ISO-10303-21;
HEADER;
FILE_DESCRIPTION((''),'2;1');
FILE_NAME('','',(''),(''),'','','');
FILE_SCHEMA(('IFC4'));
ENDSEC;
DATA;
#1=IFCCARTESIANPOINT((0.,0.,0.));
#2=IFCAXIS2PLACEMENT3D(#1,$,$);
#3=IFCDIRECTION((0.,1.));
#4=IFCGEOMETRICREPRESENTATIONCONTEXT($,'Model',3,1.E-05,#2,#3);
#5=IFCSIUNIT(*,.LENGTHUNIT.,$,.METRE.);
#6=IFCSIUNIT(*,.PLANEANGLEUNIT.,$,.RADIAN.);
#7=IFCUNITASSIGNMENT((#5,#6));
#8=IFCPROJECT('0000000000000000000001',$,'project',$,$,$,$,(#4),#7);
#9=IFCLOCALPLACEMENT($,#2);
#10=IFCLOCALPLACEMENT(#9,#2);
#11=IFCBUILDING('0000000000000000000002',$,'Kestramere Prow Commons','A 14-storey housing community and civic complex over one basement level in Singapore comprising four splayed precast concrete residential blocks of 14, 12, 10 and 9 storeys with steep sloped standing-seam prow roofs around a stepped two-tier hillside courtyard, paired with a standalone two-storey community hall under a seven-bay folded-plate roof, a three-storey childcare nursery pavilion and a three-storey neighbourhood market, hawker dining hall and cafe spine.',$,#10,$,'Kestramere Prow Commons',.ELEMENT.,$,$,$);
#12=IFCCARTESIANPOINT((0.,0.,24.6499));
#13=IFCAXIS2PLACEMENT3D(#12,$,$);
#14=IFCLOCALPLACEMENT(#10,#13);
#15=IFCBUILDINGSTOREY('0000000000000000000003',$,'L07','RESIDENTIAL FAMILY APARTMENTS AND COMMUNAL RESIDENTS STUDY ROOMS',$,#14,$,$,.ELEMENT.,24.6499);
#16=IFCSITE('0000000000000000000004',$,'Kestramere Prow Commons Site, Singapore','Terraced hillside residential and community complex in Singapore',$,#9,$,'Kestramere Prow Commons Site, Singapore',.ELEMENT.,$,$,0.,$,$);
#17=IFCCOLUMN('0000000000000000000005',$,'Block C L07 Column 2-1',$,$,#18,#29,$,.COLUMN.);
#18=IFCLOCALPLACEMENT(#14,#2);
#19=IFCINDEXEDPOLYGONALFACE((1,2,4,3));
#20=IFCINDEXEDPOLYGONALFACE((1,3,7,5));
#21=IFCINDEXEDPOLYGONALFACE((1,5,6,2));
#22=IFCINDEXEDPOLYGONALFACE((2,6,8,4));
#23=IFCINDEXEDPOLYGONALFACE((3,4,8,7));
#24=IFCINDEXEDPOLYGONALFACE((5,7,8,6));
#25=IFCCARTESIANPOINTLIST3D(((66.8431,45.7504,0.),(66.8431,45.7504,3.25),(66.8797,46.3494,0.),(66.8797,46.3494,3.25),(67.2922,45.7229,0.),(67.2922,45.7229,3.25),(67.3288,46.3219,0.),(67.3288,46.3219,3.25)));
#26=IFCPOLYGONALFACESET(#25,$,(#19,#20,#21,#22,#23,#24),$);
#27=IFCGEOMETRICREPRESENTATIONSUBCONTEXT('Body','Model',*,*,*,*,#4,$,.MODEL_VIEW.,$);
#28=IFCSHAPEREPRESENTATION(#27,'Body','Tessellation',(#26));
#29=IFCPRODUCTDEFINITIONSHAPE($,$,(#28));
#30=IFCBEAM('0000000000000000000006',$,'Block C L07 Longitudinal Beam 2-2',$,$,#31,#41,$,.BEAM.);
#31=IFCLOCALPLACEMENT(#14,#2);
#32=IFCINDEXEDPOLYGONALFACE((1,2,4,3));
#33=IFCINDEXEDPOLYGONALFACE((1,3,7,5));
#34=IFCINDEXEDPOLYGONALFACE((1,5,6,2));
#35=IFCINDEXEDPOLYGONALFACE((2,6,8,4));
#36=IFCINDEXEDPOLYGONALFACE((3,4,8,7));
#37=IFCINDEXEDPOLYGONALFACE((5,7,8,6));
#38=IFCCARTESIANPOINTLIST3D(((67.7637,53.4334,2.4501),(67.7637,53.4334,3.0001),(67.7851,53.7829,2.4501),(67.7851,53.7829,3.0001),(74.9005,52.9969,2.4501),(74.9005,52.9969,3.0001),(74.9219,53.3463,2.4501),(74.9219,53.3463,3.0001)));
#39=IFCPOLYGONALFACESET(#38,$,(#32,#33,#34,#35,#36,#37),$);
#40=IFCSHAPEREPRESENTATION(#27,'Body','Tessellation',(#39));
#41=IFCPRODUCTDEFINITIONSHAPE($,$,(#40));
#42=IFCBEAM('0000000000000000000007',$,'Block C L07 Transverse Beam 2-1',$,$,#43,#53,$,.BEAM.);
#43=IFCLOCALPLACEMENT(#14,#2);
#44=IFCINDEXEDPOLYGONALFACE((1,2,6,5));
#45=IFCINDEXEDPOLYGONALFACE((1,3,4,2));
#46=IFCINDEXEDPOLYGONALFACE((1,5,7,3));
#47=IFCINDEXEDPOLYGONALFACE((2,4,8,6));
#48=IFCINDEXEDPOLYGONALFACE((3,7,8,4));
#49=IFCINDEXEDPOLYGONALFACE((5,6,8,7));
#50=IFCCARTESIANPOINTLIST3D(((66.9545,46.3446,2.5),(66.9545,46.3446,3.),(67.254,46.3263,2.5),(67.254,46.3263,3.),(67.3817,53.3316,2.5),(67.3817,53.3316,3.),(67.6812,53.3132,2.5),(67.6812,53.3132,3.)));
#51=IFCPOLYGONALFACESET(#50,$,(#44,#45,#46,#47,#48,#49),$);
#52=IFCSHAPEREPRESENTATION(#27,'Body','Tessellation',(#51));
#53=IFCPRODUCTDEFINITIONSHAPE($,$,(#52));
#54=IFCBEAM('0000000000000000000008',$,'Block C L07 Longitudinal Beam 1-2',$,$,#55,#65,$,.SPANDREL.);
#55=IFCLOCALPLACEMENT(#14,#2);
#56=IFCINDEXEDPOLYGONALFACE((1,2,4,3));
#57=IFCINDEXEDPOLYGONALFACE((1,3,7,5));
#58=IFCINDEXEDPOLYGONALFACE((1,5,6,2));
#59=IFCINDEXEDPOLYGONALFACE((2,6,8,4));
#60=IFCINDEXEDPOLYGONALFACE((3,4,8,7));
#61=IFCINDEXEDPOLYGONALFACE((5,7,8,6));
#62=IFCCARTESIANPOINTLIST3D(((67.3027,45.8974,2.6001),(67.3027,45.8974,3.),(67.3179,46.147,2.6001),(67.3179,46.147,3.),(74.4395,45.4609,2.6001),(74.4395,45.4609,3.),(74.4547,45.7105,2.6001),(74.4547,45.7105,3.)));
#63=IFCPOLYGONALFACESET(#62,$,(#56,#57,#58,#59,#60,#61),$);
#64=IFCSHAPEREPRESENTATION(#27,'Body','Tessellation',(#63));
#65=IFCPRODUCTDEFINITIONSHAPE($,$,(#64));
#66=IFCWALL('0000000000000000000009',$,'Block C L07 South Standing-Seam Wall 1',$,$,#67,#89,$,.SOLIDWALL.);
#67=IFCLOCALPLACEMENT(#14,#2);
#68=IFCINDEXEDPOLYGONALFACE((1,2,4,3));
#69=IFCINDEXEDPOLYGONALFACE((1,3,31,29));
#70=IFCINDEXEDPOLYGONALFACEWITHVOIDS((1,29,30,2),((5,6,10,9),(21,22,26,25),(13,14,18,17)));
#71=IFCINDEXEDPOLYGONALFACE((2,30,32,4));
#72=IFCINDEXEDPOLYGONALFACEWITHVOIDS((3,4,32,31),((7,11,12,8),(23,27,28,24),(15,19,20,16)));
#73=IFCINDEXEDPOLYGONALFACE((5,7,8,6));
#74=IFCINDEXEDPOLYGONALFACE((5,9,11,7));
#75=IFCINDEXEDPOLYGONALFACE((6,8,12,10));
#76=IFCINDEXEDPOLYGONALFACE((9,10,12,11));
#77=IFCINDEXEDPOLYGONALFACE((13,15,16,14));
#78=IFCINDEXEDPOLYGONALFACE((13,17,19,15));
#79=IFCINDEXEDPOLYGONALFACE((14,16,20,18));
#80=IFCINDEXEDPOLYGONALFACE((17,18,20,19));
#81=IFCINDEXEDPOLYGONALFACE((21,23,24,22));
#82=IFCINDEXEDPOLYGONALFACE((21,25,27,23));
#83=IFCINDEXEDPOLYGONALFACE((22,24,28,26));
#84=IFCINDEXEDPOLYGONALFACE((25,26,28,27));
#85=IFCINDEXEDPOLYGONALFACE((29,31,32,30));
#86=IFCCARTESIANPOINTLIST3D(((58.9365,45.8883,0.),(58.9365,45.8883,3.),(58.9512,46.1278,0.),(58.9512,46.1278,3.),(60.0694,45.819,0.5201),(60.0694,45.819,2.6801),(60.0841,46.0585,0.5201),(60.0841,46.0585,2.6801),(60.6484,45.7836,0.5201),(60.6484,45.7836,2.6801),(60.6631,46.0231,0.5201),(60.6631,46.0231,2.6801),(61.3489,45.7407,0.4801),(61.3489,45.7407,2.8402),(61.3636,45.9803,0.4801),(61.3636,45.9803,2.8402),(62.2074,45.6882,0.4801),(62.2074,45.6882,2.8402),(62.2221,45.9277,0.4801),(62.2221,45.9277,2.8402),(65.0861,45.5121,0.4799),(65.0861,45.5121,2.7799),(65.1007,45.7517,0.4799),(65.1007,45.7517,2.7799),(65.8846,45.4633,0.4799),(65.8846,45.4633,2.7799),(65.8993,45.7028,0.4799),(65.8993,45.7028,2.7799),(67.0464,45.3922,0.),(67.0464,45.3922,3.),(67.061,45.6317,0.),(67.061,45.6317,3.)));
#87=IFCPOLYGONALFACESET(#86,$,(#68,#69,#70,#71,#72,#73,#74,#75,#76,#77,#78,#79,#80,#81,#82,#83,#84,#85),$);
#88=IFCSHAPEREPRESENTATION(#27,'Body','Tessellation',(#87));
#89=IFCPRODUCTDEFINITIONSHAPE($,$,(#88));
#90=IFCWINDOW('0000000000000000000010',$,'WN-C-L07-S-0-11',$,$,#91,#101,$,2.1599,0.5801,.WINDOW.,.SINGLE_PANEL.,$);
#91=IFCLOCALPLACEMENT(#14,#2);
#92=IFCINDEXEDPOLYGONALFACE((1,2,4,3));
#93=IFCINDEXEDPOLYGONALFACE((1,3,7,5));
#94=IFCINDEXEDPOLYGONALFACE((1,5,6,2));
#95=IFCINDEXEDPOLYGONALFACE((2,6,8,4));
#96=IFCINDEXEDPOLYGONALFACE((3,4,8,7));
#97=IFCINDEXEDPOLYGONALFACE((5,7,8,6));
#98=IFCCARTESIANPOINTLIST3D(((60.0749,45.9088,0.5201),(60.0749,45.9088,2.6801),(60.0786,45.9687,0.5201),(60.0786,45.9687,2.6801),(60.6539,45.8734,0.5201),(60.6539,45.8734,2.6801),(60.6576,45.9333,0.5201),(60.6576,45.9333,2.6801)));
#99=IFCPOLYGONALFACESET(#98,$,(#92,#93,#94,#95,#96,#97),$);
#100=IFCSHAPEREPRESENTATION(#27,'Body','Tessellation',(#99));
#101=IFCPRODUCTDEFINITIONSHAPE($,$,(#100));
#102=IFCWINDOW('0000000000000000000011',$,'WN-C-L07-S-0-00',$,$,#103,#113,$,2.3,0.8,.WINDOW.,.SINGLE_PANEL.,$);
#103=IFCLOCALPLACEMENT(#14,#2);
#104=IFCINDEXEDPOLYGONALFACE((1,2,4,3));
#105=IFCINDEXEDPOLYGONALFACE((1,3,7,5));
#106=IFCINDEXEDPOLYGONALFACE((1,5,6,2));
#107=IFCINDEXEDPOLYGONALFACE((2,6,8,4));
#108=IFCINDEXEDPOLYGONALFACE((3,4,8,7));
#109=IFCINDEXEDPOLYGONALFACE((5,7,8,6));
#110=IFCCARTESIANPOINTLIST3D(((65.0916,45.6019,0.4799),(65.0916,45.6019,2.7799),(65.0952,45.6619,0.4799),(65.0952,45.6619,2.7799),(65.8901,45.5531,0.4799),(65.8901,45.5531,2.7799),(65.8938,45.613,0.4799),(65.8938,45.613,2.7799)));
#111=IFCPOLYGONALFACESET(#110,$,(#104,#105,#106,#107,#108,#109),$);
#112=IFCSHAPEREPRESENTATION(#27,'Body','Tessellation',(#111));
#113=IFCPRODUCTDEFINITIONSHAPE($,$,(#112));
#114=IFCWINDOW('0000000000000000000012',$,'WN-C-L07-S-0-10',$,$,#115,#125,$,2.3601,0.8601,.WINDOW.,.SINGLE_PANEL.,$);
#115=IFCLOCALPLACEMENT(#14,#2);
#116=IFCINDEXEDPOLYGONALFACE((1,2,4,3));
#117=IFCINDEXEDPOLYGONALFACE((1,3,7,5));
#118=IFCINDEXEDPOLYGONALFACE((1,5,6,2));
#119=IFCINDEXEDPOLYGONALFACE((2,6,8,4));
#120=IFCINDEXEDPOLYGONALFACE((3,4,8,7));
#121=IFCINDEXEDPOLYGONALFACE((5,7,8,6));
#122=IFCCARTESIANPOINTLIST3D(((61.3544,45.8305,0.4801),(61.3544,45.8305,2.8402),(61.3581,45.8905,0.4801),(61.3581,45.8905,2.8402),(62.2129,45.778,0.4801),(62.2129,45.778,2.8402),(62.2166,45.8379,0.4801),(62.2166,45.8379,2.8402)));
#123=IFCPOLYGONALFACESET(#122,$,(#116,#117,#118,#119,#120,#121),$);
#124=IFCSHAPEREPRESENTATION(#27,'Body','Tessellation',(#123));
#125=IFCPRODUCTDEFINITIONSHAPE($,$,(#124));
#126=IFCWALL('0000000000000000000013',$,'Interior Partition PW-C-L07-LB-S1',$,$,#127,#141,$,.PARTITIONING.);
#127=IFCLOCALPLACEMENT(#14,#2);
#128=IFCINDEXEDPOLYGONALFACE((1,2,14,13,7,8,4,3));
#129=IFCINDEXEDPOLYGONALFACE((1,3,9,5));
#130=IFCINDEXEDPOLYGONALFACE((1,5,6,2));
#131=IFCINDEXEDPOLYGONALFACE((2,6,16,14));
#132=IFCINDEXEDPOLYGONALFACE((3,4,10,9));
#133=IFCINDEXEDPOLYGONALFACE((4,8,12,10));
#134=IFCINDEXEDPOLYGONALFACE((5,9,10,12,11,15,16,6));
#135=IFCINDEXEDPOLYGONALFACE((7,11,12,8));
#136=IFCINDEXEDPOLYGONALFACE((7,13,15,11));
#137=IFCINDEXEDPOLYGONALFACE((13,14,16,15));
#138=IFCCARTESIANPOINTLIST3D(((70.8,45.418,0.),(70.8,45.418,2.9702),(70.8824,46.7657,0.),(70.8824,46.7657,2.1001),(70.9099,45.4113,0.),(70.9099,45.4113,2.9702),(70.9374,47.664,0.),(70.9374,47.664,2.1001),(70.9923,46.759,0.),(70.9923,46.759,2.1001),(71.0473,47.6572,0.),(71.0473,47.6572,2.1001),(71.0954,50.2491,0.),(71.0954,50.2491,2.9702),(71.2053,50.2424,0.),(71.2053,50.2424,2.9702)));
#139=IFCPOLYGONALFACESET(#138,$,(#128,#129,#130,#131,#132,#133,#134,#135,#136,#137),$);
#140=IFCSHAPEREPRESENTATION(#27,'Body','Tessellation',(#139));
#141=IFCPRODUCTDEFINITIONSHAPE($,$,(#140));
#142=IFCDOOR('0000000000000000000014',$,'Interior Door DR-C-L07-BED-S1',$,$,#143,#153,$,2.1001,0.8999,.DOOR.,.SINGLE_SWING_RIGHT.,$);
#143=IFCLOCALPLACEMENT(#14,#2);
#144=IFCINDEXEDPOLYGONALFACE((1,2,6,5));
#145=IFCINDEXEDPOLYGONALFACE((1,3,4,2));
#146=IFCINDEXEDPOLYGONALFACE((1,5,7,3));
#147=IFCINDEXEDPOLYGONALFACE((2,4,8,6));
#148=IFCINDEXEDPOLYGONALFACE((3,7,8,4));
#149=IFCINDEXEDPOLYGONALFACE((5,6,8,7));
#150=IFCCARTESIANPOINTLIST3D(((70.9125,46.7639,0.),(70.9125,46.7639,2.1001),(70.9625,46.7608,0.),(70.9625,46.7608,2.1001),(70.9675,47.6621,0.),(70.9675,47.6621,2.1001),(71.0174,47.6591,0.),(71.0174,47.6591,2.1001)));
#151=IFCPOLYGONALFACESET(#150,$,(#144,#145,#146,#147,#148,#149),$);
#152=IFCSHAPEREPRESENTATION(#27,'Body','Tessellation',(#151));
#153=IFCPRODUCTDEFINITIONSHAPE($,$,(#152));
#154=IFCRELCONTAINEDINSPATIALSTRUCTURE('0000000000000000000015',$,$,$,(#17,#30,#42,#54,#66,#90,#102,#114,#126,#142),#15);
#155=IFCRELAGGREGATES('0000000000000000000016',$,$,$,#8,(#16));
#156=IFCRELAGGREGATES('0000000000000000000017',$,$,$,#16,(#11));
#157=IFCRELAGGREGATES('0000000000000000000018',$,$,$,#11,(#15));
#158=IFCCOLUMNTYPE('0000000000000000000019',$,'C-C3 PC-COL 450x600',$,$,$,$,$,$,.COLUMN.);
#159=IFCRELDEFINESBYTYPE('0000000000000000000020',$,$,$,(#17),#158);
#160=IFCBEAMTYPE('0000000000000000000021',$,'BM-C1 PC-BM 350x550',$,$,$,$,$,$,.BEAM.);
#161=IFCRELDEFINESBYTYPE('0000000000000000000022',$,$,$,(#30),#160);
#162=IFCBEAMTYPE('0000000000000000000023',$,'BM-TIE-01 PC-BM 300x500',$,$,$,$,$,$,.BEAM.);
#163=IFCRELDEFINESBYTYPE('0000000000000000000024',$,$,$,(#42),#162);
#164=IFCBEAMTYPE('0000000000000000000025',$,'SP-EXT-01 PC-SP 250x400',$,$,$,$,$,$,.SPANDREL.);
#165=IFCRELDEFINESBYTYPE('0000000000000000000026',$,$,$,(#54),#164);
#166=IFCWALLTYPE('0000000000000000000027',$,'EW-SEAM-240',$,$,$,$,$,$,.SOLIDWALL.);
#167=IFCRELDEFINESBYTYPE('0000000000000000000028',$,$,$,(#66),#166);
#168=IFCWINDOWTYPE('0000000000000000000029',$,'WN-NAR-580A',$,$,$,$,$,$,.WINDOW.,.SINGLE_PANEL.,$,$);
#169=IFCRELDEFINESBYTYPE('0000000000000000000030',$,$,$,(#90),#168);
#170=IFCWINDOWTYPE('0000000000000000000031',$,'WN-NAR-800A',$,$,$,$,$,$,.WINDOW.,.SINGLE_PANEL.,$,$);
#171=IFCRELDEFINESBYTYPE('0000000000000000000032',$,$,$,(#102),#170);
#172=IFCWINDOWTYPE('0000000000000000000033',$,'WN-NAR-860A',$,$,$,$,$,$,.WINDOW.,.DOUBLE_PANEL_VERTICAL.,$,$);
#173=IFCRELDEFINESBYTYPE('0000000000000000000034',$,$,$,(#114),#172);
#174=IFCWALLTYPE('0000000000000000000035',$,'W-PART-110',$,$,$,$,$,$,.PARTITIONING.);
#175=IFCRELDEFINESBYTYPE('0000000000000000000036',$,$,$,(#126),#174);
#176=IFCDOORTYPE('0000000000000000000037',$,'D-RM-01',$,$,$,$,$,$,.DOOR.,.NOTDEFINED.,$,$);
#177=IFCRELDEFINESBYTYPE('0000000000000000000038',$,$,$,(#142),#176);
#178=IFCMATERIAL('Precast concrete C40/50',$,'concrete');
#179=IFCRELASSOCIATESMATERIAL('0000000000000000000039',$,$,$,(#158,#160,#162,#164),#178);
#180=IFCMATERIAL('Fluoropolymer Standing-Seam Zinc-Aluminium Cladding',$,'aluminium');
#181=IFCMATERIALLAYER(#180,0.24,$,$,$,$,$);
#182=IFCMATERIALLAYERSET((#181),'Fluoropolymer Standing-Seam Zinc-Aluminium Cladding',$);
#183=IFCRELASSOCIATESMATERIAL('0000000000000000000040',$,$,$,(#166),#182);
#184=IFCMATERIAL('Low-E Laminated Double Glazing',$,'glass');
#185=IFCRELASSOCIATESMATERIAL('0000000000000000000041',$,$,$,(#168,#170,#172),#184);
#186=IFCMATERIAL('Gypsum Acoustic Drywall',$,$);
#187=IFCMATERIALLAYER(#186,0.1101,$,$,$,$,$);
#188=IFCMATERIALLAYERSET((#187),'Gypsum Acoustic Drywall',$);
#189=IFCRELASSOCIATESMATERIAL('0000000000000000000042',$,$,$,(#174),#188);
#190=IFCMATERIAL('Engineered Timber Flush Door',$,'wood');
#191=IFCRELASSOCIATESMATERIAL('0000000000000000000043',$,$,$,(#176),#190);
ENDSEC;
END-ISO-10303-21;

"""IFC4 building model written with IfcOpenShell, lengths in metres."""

from ifc_helpers import new_model, si_unit, direction, frame, frame_2d, origin, origin_2d, place, context, subcontext, project, spatial, rectangle, extrude, material, layer, layer_set, material_profile, profile_set, type_object, element, fill, save


model = new_model("IFC4")

# Units and contexts
model_context = context("Model", 3, precision=1e-05, world=origin(), true_north=direction((0.0, 1.0)))
body_context = subcontext(model_context, "Body", "Model", "MODEL_VIEW")
ifc_project = project(units=[si_unit("LENGTHUNIT", "METRE"), si_unit("PLANEANGLEUNIT", "RADIAN")], contexts=[model_context])

# Site, building, storey
site_placement = place(None, origin())
site = spatial("IfcSite", under=ifc_project, at=site_placement, Name="Kestramere Prow Commons Site, Singapore", Description="Terraced hillside residential and community complex in Singapore", LongName="Kestramere Prow Commons Site, Singapore", CompositionType="ELEMENT", RefElevation=0.0)
building_placement = place(site_placement, origin())
building = spatial("IfcBuilding", under=site, at=building_placement, Name="Kestramere Prow Commons", Description="A 14-storey housing community and civic complex over one basement level in Singapore comprising four splayed precast concrete residential blocks of 14, 12, 10 and 9 storeys with steep sloped standing-seam prow roofs around a stepped two-tier hillside courtyard, paired with a standalone two-storey community hall under a seven-bay folded-plate roof, a three-storey childcare nursery pavilion and a three-storey neighbourhood market, hawker dining hall and cafe spine.", LongName="Kestramere Prow Commons", CompositionType="ELEMENT")
storey_placement = place(building_placement, frame((0.0, 0.0, 24.6499)))
storey = spatial("IfcBuildingStorey", under=building, at=storey_placement, Name="L07", Description="RESIDENTIAL FAMILY APARTMENTS AND COMMUNAL RESIDENTS STUDY ROOMS", CompositionType="ELEMENT", Elevation=24.6499)

# Column
ifc_material_1 = material(Name="Precast concrete C40/50", Category="concrete")
ifc_material_profile_1 = material_profile(ifc_material_1, rectangle(XDim=0.45, YDim=0.6001, at=origin_2d()), Name="PC-COL 450x600")
ifc_profile_set_1 = profile_set([ifc_material_profile_1], Name="Precast concrete C40/50")
column_type = type_object("IfcColumnType", Name="C-C3 PC-COL 450x600", PredefinedType="COLUMN", material=ifc_profile_set_1)
column_placement = place(storey_placement, frame((67.0859, 46.0361, 0.0), z_axis=(0.0, 0.0, 1.0), x_axis=(0.998135, -0.061049, 0.0)))
element("IfcColumn", 1, at=column_placement, inside=storey, type_object=column_type, Name="Block C L07 Column 2-1", PredefinedType="COLUMN", context=body_context, shape_type="SweptSolid", body=[
    extrude(rectangle(XDim=0.45, YDim=0.6001, at=origin_2d()), origin(), (0.0, 0.0, 1.0), 3.25),
])

# Beams
ifc_material_profile_2 = material_profile(ifc_material_1, rectangle(XDim=0.3501, YDim=0.55, at=origin_2d()), Name="PC-BM 350x550")
ifc_profile_set_2 = profile_set([ifc_material_profile_2], Name="Precast concrete C40/50")
beam_type_1 = type_object("IfcBeamType", Name="BM-C1 PC-BM 350x550", PredefinedType="BEAM", material=ifc_profile_set_2)
beam_1_placement = place(storey_placement, frame((67.7744, 53.6082, 2.7251), z_axis=(0.998135, -0.061052, 0.0), x_axis=(0.061052, 0.998135, 0.0)))
element("IfcBeam", 2, at=beam_1_placement, inside=storey, type_object=beam_type_1, Name="Block C L07 Longitudinal Beam 2-2", PredefinedType="BEAM", context=body_context, shape_type="SweptSolid", body=[
    extrude(rectangle(XDim=0.3501, YDim=0.55, at=origin_2d()), origin(), (0.0, 0.0, 1.0), 7.1501),
])
ifc_material_profile_3 = material_profile(ifc_material_1, rectangle(XDim=0.3, YDim=0.5, at=origin_2d()), Name="PC-BM 300x500")
ifc_profile_set_3 = profile_set([ifc_material_profile_3], Name="Precast concrete C40/50")
beam_type_2 = type_object("IfcBeamType", Name="BM-TIE-01 PC-BM 300x500", PredefinedType="BEAM", material=ifc_profile_set_3)
beam_2_placement = place(storey_placement, frame((67.1042, 46.3354, 2.75), z_axis=(0.061034, 0.998136, 0.0), x_axis=(-0.998136, 0.061034, 0.0)))
element("IfcBeam", 3, at=beam_2_placement, inside=storey, type_object=beam_type_2, Name="Block C L07 Transverse Beam 2-1", PredefinedType="BEAM", context=body_context, shape_type="SweptSolid", body=[
    extrude(rectangle(XDim=0.3, YDim=0.5, at=origin_2d()), origin(), (0.0, 0.0, 1.0), 7.0),
])
ifc_material_profile_4 = material_profile(ifc_material_1, rectangle(XDim=0.25, YDim=0.3999, at=origin_2d()), Name="PC-SP 250x400")
ifc_profile_set_4 = profile_set([ifc_material_profile_4], Name="Precast concrete C40/50")
beam_type_3 = type_object("IfcBeamType", Name="SP-EXT-01 PC-SP 250x400", PredefinedType="SPANDREL", material=ifc_profile_set_4)
beam_3_placement = place(storey_placement, frame((67.3103, 46.0222, 2.8), z_axis=(0.998135, -0.061052, 0.0), x_axis=(0.061052, 0.998135, 0.0)))
element("IfcBeam", 4, at=beam_3_placement, inside=storey, type_object=beam_type_3, Name="Block C L07 Longitudinal Beam 1-2", PredefinedType="SPANDREL", context=body_context, shape_type="SweptSolid", body=[
    extrude(rectangle(XDim=0.25, YDim=0.3999, at=origin_2d()), origin(), (0.0, 0.0, 1.0), 7.1501),
])

# Wall, openings, windows
ifc_material_2 = material(Name="Fluoropolymer Standing-Seam Zinc-Aluminium Cladding", Category="aluminium")
ifc_layer_1 = layer(ifc_material_2, 0.24)
ifc_layer_set_1 = layer_set([ifc_layer_1], Name="Fluoropolymer Standing-Seam Zinc-Aluminium Cladding")
wall_type_1 = type_object("IfcWallType", Name="EW-SEAM-240", PredefinedType="SOLIDWALL", material=ifc_layer_set_1)
wall_1_placement = place(storey_placement, frame((67.0537, 45.512, 0.0), z_axis=(0.0, 0.0, 1.0), x_axis=(-0.998134, 0.061058, 0.0)))
wall_1 = element("IfcWall", 5, at=wall_1_placement, inside=storey, type_object=wall_type_1, Name="Block C L07 South Standing-Seam Wall 1", PredefinedType="SOLIDWALL", context=body_context, shape_type="SweptSolid", body=[
    extrude(rectangle(XDim=8.125, YDim=0.24, at=frame_2d((4.0625, 0.0))), origin(), (0.0, 0.0, 1.0), 3.0),
])
opening_1_placement = place(wall_1_placement, frame((1.1641, 0.0, 0.48)))
opening_1 = element("IfcOpeningElement", 6, at=opening_1_placement, cuts=wall_1, PredefinedType="OPENING", context=body_context, shape_type="SweptSolid", body=[
    extrude(rectangle(XDim=0.8, YDim=2.3, at=frame_2d((0.3999, 1.1499))), frame((0.0, 0.135, 0.0), z_axis=(0.0, -1.0, 0.0), x_axis=(1.0, 0.0, 0.0)), (0.0, 0.0, 1.0), 0.27),
])
opening_2_placement = place(wall_1_placement, frame((4.8479, 0.0, 0.48)))
opening_2 = element("IfcOpeningElement", 7, at=opening_2_placement, cuts=wall_1, PredefinedType="OPENING", context=body_context, shape_type="SweptSolid", body=[
    extrude(rectangle(XDim=0.8601, YDim=2.3601, at=frame_2d((0.4302, 1.1802))), frame((0.0, 0.135, 0.0), z_axis=(0.0, -1.0, 0.0), x_axis=(1.0, 0.0, 0.0)), (0.0, 0.0, 1.0), 0.27),
])
opening_3_placement = place(wall_1_placement, frame((6.4099, 0.0, 0.52)))
opening_3 = element("IfcOpeningElement", 8, at=opening_3_placement, cuts=wall_1, PredefinedType="OPENING", context=body_context, shape_type="SweptSolid", body=[
    extrude(rectangle(XDim=0.5801, YDim=2.1599, at=frame_2d((0.29, 1.0801))), frame((0.0, 0.135, 0.0), z_axis=(0.0, -1.0, 0.0), x_axis=(1.0, 0.0, 0.0)), (0.0, 0.0, 1.0), 0.27),
])
ifc_material_3 = material(Name="Low-E Laminated Double Glazing", Category="glass")
window_type_1 = type_object("IfcWindowType", Name="WN-NAR-580A", PartitioningType="SINGLE_PANEL", PredefinedType="WINDOW", material=ifc_material_3)
window_1_placement = place(opening_3_placement, origin())
window_1 = element("IfcWindow", 9, at=window_1_placement, inside=storey, type_object=window_type_1, Name="WN-C-L07-S-0-11", OverallHeight=2.1599, OverallWidth=0.5801, PartitioningType="SINGLE_PANEL", PredefinedType="WINDOW", context=body_context, shape_type="SweptSolid", body=[
    extrude(rectangle(XDim=0.5801, YDim=2.1599, at=frame_2d((0.29, 1.0801))), frame((0.0, 0.03, 0.0), z_axis=(0.0, -1.0, 0.0), x_axis=(1.0, 0.0, 0.0)), (0.0, 0.0, 1.0), 0.0601),
])
fill(opening_3, window_1)
window_type_2 = type_object("IfcWindowType", Name="WN-NAR-800A", PartitioningType="SINGLE_PANEL", PredefinedType="WINDOW", material=ifc_material_3)
window_2_placement = place(opening_1_placement, origin())
window_2 = element("IfcWindow", 10, at=window_2_placement, inside=storey, type_object=window_type_2, Name="WN-C-L07-S-0-00", OverallHeight=2.3, OverallWidth=0.8, PartitioningType="SINGLE_PANEL", PredefinedType="WINDOW", context=body_context, shape_type="SweptSolid", body=[
    extrude(rectangle(XDim=0.8, YDim=2.3, at=frame_2d((0.3999, 1.1499))), frame((0.0, 0.03, 0.0), z_axis=(0.0, -1.0, 0.0), x_axis=(1.0, 0.0, 0.0)), (0.0, 0.0, 1.0), 0.0601),
])
fill(opening_1, window_2)
window_type_3 = type_object("IfcWindowType", Name="WN-NAR-860A", PartitioningType="DOUBLE_PANEL_VERTICAL", PredefinedType="WINDOW", material=ifc_material_3)
window_3_placement = place(opening_2_placement, origin())
window_3 = element("IfcWindow", 11, at=window_3_placement, inside=storey, type_object=window_type_3, Name="WN-C-L07-S-0-10", OverallHeight=2.3601, OverallWidth=0.8601, PartitioningType="SINGLE_PANEL", PredefinedType="WINDOW", context=body_context, shape_type="SweptSolid", body=[
    extrude(rectangle(XDim=0.8601, YDim=2.3601, at=frame_2d((0.4302, 1.1802))), frame((0.0, 0.03, 0.0), z_axis=(0.0, -1.0, 0.0), x_axis=(1.0, 0.0, 0.0)), (0.0, 0.0, 1.0), 0.0601),
])
fill(opening_2, window_3)

# Wall, opening, door
ifc_material_4 = material(Name="Gypsum Acoustic Drywall")
ifc_layer_2 = layer(ifc_material_4, 0.1101)
ifc_layer_set_2 = layer_set([ifc_layer_2], Name="Gypsum Acoustic Drywall")
wall_type_2 = type_object("IfcWallType", Name="W-PART-110", PredefinedType="PARTITIONING", material=ifc_layer_set_2)
wall_2_placement = place(storey_placement, frame((70.855, 45.4148, 0.0), z_axis=(0.0, 0.0, 1.0), x_axis=(0.061034, 0.998136, 0.0)))
wall_2 = element("IfcWall", 12, at=wall_2_placement, inside=storey, type_object=wall_type_2, Name="Interior Partition PW-C-L07-LB-S1", PredefinedType="PARTITIONING", context=body_context, shape_type="SweptSolid", body=[
    extrude(rectangle(XDim=4.8401, YDim=0.1101, at=frame_2d((2.4199, 0.0))), origin(), (0.0, 0.0, 1.0), 2.9702),
])
opening_4_placement = place(wall_2_placement, frame((1.3501, 0.0, 0.0)))
opening_4 = element("IfcOpeningElement", 13, at=opening_4_placement, cuts=wall_2, PredefinedType="OPENING", context=body_context, shape_type="SweptSolid", body=[
    extrude(rectangle(XDim=0.8999, YDim=2.1001, at=frame_2d((0.45, 1.05))), frame((0.0, 0.0701, 0.0), z_axis=(0.0, -1.0, 0.0), x_axis=(1.0, 0.0, 0.0)), (0.0, 0.0, 1.0), 0.1401),
])
ifc_material_5 = material(Name="Engineered Timber Flush Door", Category="wood")
door_type_1 = type_object("IfcDoorType", Name="D-RM-01", OperationType="NOTDEFINED", PredefinedType="DOOR", material=ifc_material_5)
door_1_placement = place(opening_4_placement, origin())
door_1 = element("IfcDoor", 14, at=door_1_placement, inside=storey, type_object=door_type_1, Name="Interior Door DR-C-L07-BED-S1", OperationType="SINGLE_SWING_RIGHT", OverallHeight=2.1001, OverallWidth=0.8999, PredefinedType="DOOR", context=body_context, shape_type="SweptSolid", body=[
    extrude(rectangle(XDim=0.8999, YDim=2.1001, at=frame_2d((0.45, 1.05))), frame((0.0, 0.0249, 0.0), z_axis=(0.0, -1.0, 0.0), x_axis=(1.0, 0.0, 0.0)), (0.0, 0.0, 1.0), 0.05),
])
fill(opening_4, door_1)

save(model, "model.ifc")
